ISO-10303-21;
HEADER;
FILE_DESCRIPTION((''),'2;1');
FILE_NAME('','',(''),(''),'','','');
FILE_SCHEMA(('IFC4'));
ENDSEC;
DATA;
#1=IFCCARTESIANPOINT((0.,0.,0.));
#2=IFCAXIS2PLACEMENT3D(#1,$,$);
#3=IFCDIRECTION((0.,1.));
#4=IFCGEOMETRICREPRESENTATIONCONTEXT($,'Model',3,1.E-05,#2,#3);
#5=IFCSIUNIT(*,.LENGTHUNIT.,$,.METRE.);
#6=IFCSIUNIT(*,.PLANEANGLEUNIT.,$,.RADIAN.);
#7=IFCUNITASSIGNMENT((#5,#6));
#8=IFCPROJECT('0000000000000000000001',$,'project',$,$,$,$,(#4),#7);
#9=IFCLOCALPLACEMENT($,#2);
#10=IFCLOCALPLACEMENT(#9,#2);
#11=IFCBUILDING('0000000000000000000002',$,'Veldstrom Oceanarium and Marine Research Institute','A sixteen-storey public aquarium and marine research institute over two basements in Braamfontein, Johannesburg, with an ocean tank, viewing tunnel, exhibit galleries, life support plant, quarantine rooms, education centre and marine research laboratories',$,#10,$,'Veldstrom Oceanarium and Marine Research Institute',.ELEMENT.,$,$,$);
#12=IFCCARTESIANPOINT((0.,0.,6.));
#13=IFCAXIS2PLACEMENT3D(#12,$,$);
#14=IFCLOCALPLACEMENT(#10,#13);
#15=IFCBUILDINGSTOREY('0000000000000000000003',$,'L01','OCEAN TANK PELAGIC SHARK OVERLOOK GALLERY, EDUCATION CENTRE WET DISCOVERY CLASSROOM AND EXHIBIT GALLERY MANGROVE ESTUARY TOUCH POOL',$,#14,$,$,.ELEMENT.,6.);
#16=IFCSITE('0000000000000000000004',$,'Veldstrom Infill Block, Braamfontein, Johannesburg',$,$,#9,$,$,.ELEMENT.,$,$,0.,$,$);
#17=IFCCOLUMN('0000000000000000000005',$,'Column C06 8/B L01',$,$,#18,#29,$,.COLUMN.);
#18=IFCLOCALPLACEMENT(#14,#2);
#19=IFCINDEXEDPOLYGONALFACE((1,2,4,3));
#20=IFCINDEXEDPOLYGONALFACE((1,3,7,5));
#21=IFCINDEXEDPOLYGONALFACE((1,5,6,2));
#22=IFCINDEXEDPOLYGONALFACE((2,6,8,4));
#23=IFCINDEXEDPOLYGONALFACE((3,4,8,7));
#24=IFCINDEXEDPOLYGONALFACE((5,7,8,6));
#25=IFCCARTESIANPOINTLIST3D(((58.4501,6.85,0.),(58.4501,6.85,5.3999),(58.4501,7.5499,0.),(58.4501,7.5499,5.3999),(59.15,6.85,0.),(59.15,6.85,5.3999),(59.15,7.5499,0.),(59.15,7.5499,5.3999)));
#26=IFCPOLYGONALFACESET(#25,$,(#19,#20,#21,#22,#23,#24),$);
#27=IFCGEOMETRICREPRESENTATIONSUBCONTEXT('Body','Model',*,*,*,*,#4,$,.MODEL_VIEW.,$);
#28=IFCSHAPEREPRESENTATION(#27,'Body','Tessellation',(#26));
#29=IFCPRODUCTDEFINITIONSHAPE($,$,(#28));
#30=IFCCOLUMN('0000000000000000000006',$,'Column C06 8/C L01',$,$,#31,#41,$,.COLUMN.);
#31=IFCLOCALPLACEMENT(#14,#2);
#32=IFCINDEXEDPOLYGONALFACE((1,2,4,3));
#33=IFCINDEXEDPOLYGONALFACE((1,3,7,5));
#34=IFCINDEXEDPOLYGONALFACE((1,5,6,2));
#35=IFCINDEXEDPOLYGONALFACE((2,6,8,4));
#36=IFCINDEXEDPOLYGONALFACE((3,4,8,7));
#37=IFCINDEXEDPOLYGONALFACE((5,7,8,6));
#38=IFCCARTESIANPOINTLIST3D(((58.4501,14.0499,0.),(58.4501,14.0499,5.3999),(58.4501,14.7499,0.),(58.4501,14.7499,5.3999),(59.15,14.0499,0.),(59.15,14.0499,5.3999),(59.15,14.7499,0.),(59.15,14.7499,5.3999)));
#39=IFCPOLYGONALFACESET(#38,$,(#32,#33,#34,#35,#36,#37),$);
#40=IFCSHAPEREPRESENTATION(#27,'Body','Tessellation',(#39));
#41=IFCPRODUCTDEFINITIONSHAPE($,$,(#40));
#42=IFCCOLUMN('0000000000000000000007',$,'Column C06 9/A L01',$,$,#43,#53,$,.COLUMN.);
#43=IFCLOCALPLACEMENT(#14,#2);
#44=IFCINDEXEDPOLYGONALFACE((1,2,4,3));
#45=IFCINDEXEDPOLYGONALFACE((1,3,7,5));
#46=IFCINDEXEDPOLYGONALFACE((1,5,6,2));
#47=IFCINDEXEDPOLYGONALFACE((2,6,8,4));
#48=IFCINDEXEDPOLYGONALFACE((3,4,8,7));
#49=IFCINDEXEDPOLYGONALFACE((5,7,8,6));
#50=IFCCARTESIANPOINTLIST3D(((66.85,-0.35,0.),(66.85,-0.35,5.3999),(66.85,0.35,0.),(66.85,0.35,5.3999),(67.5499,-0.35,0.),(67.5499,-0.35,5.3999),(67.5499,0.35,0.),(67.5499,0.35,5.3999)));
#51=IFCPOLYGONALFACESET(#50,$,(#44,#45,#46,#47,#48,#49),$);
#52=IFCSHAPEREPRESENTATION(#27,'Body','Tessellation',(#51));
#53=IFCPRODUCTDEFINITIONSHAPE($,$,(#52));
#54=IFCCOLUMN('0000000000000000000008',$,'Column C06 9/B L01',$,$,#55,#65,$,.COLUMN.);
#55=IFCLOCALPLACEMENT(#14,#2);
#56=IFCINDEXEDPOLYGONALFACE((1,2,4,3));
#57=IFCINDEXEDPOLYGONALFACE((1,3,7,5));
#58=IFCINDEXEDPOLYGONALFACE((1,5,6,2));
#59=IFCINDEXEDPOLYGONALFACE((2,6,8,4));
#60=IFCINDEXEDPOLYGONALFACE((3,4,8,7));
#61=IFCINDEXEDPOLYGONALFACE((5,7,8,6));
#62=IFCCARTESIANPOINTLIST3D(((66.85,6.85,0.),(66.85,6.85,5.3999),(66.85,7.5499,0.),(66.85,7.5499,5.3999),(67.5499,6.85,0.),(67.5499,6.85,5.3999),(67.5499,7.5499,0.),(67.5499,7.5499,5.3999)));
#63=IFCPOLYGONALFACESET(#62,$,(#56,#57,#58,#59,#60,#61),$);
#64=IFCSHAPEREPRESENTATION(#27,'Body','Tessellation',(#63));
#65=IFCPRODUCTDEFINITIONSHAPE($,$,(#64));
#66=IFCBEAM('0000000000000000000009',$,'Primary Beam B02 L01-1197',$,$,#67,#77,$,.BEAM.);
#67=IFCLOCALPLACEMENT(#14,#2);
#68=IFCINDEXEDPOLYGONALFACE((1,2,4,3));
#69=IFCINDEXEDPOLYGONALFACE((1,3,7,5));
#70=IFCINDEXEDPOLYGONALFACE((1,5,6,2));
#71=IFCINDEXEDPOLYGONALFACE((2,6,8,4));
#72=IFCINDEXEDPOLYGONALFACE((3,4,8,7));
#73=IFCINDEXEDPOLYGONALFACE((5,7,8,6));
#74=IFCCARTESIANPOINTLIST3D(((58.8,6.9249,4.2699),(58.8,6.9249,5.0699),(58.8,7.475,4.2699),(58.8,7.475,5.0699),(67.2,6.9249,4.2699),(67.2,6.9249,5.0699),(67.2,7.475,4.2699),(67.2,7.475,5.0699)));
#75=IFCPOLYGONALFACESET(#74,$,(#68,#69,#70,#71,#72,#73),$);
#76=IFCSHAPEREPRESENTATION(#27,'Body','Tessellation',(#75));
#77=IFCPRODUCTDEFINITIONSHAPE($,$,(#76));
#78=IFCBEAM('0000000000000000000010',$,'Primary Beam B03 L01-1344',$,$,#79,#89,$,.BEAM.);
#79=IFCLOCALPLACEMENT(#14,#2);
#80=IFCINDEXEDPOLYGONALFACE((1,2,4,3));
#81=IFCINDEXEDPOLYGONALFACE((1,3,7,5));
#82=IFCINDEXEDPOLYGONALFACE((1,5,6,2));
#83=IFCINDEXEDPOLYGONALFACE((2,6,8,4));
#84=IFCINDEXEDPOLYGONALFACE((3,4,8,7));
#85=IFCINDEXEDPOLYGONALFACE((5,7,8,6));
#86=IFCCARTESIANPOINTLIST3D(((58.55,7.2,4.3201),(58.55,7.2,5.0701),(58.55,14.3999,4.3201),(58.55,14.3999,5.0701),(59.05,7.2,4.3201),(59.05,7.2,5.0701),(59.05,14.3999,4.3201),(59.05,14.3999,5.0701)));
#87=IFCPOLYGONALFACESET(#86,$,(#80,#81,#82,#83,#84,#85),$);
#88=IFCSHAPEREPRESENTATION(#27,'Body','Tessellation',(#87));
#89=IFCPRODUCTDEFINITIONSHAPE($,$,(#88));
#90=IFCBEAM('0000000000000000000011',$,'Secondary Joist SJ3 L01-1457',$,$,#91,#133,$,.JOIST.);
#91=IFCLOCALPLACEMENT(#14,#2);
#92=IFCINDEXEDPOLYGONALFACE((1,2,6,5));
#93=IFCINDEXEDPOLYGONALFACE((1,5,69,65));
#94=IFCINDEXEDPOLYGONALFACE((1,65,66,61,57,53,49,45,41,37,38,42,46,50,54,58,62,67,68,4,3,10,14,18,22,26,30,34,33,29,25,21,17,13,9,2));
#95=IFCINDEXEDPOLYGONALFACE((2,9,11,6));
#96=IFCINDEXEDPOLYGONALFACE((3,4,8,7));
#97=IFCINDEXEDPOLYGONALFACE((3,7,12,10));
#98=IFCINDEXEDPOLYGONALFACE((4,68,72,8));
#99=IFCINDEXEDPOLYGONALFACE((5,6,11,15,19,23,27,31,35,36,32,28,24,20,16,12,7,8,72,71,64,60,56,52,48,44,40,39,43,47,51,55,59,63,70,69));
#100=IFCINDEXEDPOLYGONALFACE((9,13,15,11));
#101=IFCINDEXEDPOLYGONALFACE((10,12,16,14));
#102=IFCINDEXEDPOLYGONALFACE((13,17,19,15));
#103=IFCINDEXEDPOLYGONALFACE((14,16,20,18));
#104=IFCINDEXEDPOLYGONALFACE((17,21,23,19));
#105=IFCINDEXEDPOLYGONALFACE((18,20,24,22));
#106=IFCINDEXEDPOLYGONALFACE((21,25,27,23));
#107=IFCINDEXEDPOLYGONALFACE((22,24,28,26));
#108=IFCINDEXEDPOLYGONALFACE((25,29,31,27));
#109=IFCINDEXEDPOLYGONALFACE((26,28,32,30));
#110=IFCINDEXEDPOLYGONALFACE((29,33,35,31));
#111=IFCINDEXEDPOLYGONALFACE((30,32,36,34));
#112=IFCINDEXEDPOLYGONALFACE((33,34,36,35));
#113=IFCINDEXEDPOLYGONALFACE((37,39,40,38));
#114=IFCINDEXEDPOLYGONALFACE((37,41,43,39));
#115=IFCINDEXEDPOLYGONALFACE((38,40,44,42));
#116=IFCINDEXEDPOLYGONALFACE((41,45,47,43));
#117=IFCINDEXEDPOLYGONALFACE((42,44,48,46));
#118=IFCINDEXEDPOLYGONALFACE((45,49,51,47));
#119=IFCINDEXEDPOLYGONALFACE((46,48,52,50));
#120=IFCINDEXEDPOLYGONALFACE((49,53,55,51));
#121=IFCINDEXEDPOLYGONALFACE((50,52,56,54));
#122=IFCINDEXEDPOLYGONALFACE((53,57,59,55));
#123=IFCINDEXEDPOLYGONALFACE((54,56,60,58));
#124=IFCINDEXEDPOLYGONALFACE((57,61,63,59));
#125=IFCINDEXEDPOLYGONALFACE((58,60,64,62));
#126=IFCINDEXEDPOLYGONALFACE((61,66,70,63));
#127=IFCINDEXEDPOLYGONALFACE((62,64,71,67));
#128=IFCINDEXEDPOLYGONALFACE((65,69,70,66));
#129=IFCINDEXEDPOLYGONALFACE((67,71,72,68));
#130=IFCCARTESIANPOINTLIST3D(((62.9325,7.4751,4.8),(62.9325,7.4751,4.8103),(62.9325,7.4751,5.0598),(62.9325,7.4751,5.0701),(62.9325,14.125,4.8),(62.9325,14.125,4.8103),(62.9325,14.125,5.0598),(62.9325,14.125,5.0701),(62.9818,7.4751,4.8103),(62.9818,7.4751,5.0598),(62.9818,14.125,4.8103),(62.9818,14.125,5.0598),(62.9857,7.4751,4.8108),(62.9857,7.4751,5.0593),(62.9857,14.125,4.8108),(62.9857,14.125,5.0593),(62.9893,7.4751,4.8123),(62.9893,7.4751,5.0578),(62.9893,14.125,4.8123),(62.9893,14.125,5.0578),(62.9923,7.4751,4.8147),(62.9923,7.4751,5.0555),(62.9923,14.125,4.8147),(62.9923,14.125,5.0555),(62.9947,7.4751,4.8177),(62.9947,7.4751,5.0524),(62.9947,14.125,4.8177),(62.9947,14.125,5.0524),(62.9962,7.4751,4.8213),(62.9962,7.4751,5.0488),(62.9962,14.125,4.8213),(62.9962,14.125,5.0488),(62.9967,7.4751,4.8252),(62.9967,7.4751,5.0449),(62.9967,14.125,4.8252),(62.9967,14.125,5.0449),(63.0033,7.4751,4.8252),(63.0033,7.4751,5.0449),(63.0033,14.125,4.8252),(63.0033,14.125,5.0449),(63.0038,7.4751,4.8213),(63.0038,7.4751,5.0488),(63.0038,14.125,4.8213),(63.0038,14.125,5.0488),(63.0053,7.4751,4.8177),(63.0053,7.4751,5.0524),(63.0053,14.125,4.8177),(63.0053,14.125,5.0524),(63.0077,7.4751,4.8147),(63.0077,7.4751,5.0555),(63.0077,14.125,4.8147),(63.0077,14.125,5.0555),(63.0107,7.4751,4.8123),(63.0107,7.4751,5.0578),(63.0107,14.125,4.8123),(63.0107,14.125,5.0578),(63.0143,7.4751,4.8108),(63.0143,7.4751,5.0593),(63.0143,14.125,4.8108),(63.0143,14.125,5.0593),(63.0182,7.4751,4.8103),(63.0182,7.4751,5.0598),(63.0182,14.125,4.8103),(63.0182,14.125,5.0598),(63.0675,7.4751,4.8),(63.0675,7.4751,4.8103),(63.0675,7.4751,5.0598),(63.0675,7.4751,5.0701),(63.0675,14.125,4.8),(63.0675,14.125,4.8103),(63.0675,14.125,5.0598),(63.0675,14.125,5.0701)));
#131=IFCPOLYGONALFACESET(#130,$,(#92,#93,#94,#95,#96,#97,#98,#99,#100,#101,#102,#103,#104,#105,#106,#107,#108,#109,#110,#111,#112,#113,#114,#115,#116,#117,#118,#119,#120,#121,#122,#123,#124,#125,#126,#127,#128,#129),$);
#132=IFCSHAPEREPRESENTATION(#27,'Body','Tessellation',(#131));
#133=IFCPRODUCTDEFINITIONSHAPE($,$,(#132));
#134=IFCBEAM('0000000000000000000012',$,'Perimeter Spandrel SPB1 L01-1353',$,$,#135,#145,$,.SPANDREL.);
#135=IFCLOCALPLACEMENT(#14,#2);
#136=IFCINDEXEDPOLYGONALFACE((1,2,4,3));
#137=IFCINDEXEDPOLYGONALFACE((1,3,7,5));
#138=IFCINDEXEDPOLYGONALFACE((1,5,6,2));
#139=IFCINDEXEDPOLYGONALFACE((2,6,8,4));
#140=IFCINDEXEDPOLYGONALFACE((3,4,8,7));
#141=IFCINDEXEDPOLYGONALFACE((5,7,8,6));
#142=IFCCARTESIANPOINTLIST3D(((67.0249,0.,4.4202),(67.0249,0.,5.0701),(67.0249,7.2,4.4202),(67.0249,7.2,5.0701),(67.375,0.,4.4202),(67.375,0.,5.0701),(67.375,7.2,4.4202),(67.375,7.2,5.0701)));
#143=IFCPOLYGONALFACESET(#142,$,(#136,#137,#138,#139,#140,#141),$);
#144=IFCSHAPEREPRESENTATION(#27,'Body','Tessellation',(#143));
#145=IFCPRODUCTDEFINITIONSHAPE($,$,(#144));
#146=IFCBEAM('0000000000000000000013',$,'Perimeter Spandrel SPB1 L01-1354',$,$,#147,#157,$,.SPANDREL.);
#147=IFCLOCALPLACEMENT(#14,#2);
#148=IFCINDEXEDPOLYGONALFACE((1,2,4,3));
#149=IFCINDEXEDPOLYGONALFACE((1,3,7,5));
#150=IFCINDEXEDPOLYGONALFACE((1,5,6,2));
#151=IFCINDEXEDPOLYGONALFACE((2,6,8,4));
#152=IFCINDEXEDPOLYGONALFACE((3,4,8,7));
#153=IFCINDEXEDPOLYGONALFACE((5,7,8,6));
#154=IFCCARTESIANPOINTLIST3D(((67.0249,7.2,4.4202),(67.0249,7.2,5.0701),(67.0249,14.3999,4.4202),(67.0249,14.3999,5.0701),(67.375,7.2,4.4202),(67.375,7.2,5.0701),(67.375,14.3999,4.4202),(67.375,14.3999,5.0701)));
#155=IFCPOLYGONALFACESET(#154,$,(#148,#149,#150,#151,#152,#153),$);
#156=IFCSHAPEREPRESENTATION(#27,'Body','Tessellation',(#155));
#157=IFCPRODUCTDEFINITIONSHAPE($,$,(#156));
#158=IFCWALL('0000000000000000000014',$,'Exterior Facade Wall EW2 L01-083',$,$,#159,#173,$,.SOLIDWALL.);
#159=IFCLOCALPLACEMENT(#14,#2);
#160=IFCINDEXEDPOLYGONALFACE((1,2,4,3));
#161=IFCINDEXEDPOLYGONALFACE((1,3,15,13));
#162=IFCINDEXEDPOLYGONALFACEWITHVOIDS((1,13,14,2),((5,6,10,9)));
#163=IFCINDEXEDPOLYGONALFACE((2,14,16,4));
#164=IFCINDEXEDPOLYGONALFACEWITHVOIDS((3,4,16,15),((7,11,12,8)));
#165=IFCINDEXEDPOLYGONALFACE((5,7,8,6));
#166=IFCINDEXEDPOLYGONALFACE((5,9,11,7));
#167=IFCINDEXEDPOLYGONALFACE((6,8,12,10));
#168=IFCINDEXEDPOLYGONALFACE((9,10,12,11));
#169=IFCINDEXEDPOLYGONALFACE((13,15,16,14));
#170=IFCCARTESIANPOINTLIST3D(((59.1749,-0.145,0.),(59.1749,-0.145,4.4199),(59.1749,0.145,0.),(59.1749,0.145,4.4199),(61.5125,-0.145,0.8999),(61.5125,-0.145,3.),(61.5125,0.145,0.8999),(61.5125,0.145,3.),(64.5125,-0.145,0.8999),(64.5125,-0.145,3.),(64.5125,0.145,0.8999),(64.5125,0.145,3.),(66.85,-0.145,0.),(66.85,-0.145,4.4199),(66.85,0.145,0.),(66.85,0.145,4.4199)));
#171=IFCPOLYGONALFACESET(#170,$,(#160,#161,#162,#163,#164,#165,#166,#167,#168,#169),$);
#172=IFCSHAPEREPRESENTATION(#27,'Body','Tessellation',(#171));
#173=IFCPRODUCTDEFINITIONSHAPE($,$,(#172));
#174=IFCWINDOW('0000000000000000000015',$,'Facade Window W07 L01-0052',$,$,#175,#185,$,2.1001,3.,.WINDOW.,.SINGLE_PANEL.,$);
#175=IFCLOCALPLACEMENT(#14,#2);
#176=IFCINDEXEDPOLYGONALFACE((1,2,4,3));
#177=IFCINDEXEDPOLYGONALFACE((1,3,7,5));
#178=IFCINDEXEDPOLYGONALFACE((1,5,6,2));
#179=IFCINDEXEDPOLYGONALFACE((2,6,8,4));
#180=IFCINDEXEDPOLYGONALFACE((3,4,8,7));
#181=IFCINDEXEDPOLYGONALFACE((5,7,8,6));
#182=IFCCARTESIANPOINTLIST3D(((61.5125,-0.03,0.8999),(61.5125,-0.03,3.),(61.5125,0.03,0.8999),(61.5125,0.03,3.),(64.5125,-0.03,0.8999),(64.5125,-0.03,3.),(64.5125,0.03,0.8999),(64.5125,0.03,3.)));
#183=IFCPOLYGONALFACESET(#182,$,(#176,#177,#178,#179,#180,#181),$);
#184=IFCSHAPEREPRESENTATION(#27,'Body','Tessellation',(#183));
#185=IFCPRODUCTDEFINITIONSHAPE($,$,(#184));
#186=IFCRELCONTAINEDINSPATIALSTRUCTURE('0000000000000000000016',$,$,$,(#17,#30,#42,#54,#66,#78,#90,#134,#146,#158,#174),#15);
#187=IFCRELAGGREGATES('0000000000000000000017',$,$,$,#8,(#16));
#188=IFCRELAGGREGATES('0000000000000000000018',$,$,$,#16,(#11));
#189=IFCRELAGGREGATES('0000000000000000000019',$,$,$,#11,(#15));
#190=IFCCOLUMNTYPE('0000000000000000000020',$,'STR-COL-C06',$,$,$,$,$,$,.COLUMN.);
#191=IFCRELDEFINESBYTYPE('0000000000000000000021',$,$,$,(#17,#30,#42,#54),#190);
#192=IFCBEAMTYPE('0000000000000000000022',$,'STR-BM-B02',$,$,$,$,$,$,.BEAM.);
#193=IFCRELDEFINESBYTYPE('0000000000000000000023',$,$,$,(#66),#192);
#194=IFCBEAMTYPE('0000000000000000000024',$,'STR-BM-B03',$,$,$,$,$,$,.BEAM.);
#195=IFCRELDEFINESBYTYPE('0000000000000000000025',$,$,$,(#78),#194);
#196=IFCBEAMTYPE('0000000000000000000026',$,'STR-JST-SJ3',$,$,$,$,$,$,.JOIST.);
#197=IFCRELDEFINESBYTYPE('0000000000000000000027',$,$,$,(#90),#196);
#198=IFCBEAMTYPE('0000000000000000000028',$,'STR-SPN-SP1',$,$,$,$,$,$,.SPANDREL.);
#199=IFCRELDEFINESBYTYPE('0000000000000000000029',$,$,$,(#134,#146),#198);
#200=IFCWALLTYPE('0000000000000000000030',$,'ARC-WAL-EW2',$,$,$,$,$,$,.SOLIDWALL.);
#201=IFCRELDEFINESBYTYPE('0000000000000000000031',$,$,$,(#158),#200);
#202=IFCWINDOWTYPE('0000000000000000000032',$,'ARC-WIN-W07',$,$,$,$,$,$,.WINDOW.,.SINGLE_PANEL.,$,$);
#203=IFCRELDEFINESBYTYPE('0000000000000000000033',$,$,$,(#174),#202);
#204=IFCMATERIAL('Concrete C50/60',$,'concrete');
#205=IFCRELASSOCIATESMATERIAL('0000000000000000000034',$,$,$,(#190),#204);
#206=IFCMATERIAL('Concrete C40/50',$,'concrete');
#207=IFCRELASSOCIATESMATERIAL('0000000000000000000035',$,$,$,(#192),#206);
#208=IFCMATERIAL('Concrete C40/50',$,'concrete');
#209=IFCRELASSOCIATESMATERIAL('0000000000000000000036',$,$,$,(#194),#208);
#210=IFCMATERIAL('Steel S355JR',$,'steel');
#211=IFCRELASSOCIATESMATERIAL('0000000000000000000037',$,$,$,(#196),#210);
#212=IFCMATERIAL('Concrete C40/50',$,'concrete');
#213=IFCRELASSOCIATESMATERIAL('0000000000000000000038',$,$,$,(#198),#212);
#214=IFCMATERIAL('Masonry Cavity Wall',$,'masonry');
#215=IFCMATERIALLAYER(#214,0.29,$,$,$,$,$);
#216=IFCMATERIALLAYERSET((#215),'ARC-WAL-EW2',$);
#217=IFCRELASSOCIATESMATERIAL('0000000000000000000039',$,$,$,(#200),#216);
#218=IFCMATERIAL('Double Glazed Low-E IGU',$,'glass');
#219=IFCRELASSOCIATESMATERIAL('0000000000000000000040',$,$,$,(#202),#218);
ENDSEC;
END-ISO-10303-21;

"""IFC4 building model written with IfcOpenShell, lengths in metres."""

from ifc_helpers import new_model, si_unit, direction, frame, frame_2d, origin, origin_2d, place, context, subcontext, project, spatial, rectangle, i_section, extrude, material, layer, layer_set, material_profile, profile_set, type_object, element, fill, save


model = new_model("IFC4")

# Units and contexts
model_context = context("Model", 3, precision=1e-05, world=origin(), true_north=direction((0.0, 1.0)))
body_context = subcontext(model_context, "Body", "Model", "MODEL_VIEW")
ifc_project = project(units=[si_unit("LENGTHUNIT", "METRE"), si_unit("PLANEANGLEUNIT", "RADIAN")], contexts=[model_context])

# Site, building, storey
site_placement = place(None, origin())
site = spatial("IfcSite", under=ifc_project, at=site_placement, Name="Veldstrom Infill Block, Braamfontein, Johannesburg", CompositionType="ELEMENT", RefElevation=0.0)
building_placement = place(site_placement, origin())
building = spatial("IfcBuilding", under=site, at=building_placement, Name="Veldstrom Oceanarium and Marine Research Institute", Description="A sixteen-storey public aquarium and marine research institute over two basements in Braamfontein, Johannesburg, with an ocean tank, viewing tunnel, exhibit galleries, life support plant, quarantine rooms, education centre and marine research laboratories", LongName="Veldstrom Oceanarium and Marine Research Institute", CompositionType="ELEMENT")
storey_placement = place(building_placement, frame((0.0, 0.0, 6.0)))
storey = spatial("IfcBuildingStorey", under=building, at=storey_placement, Name="L01", Description="OCEAN TANK PELAGIC SHARK OVERLOOK GALLERY, EDUCATION CENTRE WET DISCOVERY CLASSROOM AND EXHIBIT GALLERY MANGROVE ESTUARY TOUCH POOL", CompositionType="ELEMENT", Elevation=6.0)

# Columns
ifc_material_1 = material(Name="Concrete C50/60", Category="concrete")
ifc_material_profile_1 = material_profile(ifc_material_1, rectangle(XDim=0.7, YDim=0.7, at=origin_2d()), Name="RC-COL-700x700")
ifc_profile_set_1 = profile_set([ifc_material_profile_1], Name="Concrete C50/60")
column_type = type_object("IfcColumnType", Name="STR-COL-C06", PredefinedType="COLUMN", material=ifc_profile_set_1)
for number, where, z_axis, x_axis, name in (
    (1, (58.8, 7.2, 0.0), (0.0, 0.0, 1.0), (1.0, 0.0, 0.0), "Column C06 8/B L01"),
    (2, (58.8, 14.3999, 0.0), (0.0, 0.0, 1.0), (1.0, 0.0, 0.0), "Column C06 8/C L01"),
    (3, (67.2, 0.0, 0.0), (0.0, 0.0, 1.0), (1.0, 0.0, 0.0), "Column C06 9/A L01"),
    (4, (67.2, 7.2, 0.0), (0.0, 0.0, 1.0), (1.0, 0.0, 0.0), "Column C06 9/B L01"),
):
    element("IfcColumn", number, at=place(storey_placement, frame(where, z_axis=z_axis, x_axis=x_axis)), inside=storey, type_object=column_type, Name=name, PredefinedType="COLUMN", context=body_context, shape_type="SweptSolid", body=[
        extrude(rectangle(XDim=0.7, YDim=0.7, at=origin_2d()), origin(), (0.0, 0.0, 1.0), 5.3999),
    ])

# Beams
ifc_material_2 = material(Name="Concrete C40/50", Category="concrete")
ifc_material_profile_2 = material_profile(ifc_material_2, rectangle(XDim=0.55, YDim=0.8, at=origin_2d()), Name="RC-BM-550x800")
ifc_profile_set_2 = profile_set([ifc_material_profile_2], Name="Concrete C40/50")
beam_type_1 = type_object("IfcBeamType", Name="STR-BM-B02", PredefinedType="BEAM", material=ifc_profile_set_2)
beam_1_placement = place(storey_placement, frame((58.8, 7.2, 4.6699), z_axis=(1.0, 0.0, 0.0), x_axis=(0.0, 1.0, 0.0)))
element("IfcBeam", 5, at=beam_1_placement, inside=storey, type_object=beam_type_1, Name="Primary Beam B02 L01-1197", PredefinedType="BEAM", context=body_context, shape_type="SweptSolid", body=[
    extrude(rectangle(XDim=0.55, YDim=0.8, at=origin_2d()), origin(), (0.0, 0.0, 1.0), 8.3999),
])
ifc_material_3 = material(Name="Concrete C40/50", Category="concrete")
ifc_material_profile_3 = material_profile(ifc_material_3, rectangle(XDim=0.5, YDim=0.75, at=origin_2d()), Name="RC-BM-500x750")
ifc_profile_set_3 = profile_set([ifc_material_profile_3], Name="Concrete C40/50")
beam_type_2 = type_object("IfcBeamType", Name="STR-BM-B03", PredefinedType="BEAM", material=ifc_profile_set_3)
beam_2_placement = place(storey_placement, frame((58.8, 7.2, 4.6951), z_axis=(0.0, 1.0, 0.0), x_axis=(-1.0, 0.0, 0.0)))
element("IfcBeam", 6, at=beam_2_placement, inside=storey, type_object=beam_type_2, Name="Primary Beam B03 L01-1344", PredefinedType="BEAM", context=body_context, shape_type="SweptSolid", body=[
    extrude(rectangle(XDim=0.5, YDim=0.75, at=origin_2d()), origin(), (0.0, 0.0, 1.0), 7.2),
])
ifc_material_4 = material(Name="Steel S355JR", Category="steel")
ifc_material_profile_4 = material_profile(ifc_material_4, i_section(OverallWidth=0.135, OverallDepth=0.27, WebThickness=0.0066, FlangeThickness=0.0103, FilletRadius=0.0149, at=origin_2d()), Name="IPE 270")
ifc_profile_set_4 = profile_set([ifc_material_profile_4], Name="Steel S355JR")
beam_type_3 = type_object("IfcBeamType", Name="STR-JST-SJ3", PredefinedType="JOIST", material=ifc_profile_set_4)
beam_3_placement = place(storey_placement, frame((63.0, 7.4751, 4.9351), z_axis=(0.0, 1.0, 0.0), x_axis=(-1.0, 0.0, 0.0)))
element("IfcBeam", 7, at=beam_3_placement, inside=storey, type_object=beam_type_3, Name="Secondary Joist SJ3 L01-1457", PredefinedType="JOIST", context=body_context, shape_type="SweptSolid", body=[
    extrude(i_section(OverallWidth=0.135, OverallDepth=0.27, WebThickness=0.0066, FlangeThickness=0.0103, FilletRadius=0.0149, at=origin_2d()), origin(), (0.0, 0.0, 1.0), 6.6499),
])
ifc_material_5 = material(Name="Concrete C40/50", Category="concrete")
ifc_material_profile_5 = material_profile(ifc_material_5, rectangle(XDim=0.3501, YDim=0.6499, at=origin_2d()), Name="RC-SPN-350x650")
ifc_profile_set_5 = profile_set([ifc_material_profile_5], Name="Concrete C40/50")
beam_type_4 = type_object("IfcBeamType", Name="STR-SPN-SP1", PredefinedType="SPANDREL", material=ifc_profile_set_5)
for number, where, z_axis, x_axis, name in (
    (8, (67.2, 0.0, 4.7451), (0.0, 1.0, 0.0), (-1.0, 0.0, 0.0), "Perimeter Spandrel SPB1 L01-1353"),
    (9, (67.2, 7.2, 4.7451), (0.0, 1.0, 0.0), (-1.0, 0.0, 0.0), "Perimeter Spandrel SPB1 L01-1354"),
):
    element("IfcBeam", number, at=place(storey_placement, frame(where, z_axis=z_axis, x_axis=x_axis)), inside=storey, type_object=beam_type_4, Name=name, PredefinedType="SPANDREL", context=body_context, shape_type="SweptSolid", body=[
        extrude(rectangle(XDim=0.3501, YDim=0.6499, at=origin_2d()), origin(), (0.0, 0.0, 1.0), 7.2),
    ])

# Wall, opening, window
ifc_material_6 = material(Name="Masonry Cavity Wall", Category="masonry")
ifc_layer_1 = layer(ifc_material_6, 0.29)
ifc_layer_set_1 = layer_set([ifc_layer_1], Name="ARC-WAL-EW2")
wall_type_1 = type_object("IfcWallType", Name="ARC-WAL-EW2", PredefinedType="SOLIDWALL", material=ifc_layer_set_1)
wall_1_placement = place(storey_placement, frame((59.175, 0.0, 0.0), z_axis=(0.0, 0.0, 1.0), x_axis=(1.0, 0.0, 0.0)))
wall_1 = element("IfcWall", 10, at=wall_1_placement, inside=storey, type_object=wall_type_1, Name="Exterior Facade Wall EW2 L01-083", PredefinedType="SOLIDWALL", context=body_context, shape_type="SweptSolid", body=[
    extrude(rectangle(XDim=7.675, YDim=0.29, at=frame_2d((3.8374, 0.0))), origin(), (0.0, 0.0, 1.0), 4.4199),
])
opening_1_placement = place(wall_1_placement, frame((2.3374, 0.0, 0.8999)))
opening_1 = element("IfcOpeningElement", 11, at=opening_1_placement, cuts=wall_1, PredefinedType="OPENING", context=body_context, shape_type="SweptSolid", body=[
    extrude(rectangle(XDim=3.0, YDim=2.1001, at=frame_2d((1.5, 1.05))), frame((0.0, 0.155, 0.0), z_axis=(0.0, -1.0, 0.0), x_axis=(1.0, 0.0, 0.0)), (0.0, 0.0, 1.0), 0.3101),
])
ifc_material_7 = material(Name="Double Glazed Low-E IGU", Category="glass")
window_type_1 = type_object("IfcWindowType", Name="ARC-WIN-W07", PartitioningType="SINGLE_PANEL", PredefinedType="WINDOW", material=ifc_material_7)
window_1_placement = place(opening_1_placement, origin())
window_1 = element("IfcWindow", 12, at=window_1_placement, inside=storey, type_object=window_type_1, Name="Facade Window W07 L01-0052", OverallHeight=2.1001, OverallWidth=3.0, PartitioningType="SINGLE_PANEL", PredefinedType="WINDOW", context=body_context, shape_type="SweptSolid", body=[
    extrude(rectangle(XDim=3.0, YDim=2.1001, at=frame_2d((1.5, 1.05))), frame((0.0, 0.03, 0.0), z_axis=(0.0, -1.0, 0.0), x_axis=(1.0, 0.0, 0.0)), (0.0, 0.0, 1.0), 0.0601),
])
fill(opening_1, window_1)

save(model, "model.ifc")
